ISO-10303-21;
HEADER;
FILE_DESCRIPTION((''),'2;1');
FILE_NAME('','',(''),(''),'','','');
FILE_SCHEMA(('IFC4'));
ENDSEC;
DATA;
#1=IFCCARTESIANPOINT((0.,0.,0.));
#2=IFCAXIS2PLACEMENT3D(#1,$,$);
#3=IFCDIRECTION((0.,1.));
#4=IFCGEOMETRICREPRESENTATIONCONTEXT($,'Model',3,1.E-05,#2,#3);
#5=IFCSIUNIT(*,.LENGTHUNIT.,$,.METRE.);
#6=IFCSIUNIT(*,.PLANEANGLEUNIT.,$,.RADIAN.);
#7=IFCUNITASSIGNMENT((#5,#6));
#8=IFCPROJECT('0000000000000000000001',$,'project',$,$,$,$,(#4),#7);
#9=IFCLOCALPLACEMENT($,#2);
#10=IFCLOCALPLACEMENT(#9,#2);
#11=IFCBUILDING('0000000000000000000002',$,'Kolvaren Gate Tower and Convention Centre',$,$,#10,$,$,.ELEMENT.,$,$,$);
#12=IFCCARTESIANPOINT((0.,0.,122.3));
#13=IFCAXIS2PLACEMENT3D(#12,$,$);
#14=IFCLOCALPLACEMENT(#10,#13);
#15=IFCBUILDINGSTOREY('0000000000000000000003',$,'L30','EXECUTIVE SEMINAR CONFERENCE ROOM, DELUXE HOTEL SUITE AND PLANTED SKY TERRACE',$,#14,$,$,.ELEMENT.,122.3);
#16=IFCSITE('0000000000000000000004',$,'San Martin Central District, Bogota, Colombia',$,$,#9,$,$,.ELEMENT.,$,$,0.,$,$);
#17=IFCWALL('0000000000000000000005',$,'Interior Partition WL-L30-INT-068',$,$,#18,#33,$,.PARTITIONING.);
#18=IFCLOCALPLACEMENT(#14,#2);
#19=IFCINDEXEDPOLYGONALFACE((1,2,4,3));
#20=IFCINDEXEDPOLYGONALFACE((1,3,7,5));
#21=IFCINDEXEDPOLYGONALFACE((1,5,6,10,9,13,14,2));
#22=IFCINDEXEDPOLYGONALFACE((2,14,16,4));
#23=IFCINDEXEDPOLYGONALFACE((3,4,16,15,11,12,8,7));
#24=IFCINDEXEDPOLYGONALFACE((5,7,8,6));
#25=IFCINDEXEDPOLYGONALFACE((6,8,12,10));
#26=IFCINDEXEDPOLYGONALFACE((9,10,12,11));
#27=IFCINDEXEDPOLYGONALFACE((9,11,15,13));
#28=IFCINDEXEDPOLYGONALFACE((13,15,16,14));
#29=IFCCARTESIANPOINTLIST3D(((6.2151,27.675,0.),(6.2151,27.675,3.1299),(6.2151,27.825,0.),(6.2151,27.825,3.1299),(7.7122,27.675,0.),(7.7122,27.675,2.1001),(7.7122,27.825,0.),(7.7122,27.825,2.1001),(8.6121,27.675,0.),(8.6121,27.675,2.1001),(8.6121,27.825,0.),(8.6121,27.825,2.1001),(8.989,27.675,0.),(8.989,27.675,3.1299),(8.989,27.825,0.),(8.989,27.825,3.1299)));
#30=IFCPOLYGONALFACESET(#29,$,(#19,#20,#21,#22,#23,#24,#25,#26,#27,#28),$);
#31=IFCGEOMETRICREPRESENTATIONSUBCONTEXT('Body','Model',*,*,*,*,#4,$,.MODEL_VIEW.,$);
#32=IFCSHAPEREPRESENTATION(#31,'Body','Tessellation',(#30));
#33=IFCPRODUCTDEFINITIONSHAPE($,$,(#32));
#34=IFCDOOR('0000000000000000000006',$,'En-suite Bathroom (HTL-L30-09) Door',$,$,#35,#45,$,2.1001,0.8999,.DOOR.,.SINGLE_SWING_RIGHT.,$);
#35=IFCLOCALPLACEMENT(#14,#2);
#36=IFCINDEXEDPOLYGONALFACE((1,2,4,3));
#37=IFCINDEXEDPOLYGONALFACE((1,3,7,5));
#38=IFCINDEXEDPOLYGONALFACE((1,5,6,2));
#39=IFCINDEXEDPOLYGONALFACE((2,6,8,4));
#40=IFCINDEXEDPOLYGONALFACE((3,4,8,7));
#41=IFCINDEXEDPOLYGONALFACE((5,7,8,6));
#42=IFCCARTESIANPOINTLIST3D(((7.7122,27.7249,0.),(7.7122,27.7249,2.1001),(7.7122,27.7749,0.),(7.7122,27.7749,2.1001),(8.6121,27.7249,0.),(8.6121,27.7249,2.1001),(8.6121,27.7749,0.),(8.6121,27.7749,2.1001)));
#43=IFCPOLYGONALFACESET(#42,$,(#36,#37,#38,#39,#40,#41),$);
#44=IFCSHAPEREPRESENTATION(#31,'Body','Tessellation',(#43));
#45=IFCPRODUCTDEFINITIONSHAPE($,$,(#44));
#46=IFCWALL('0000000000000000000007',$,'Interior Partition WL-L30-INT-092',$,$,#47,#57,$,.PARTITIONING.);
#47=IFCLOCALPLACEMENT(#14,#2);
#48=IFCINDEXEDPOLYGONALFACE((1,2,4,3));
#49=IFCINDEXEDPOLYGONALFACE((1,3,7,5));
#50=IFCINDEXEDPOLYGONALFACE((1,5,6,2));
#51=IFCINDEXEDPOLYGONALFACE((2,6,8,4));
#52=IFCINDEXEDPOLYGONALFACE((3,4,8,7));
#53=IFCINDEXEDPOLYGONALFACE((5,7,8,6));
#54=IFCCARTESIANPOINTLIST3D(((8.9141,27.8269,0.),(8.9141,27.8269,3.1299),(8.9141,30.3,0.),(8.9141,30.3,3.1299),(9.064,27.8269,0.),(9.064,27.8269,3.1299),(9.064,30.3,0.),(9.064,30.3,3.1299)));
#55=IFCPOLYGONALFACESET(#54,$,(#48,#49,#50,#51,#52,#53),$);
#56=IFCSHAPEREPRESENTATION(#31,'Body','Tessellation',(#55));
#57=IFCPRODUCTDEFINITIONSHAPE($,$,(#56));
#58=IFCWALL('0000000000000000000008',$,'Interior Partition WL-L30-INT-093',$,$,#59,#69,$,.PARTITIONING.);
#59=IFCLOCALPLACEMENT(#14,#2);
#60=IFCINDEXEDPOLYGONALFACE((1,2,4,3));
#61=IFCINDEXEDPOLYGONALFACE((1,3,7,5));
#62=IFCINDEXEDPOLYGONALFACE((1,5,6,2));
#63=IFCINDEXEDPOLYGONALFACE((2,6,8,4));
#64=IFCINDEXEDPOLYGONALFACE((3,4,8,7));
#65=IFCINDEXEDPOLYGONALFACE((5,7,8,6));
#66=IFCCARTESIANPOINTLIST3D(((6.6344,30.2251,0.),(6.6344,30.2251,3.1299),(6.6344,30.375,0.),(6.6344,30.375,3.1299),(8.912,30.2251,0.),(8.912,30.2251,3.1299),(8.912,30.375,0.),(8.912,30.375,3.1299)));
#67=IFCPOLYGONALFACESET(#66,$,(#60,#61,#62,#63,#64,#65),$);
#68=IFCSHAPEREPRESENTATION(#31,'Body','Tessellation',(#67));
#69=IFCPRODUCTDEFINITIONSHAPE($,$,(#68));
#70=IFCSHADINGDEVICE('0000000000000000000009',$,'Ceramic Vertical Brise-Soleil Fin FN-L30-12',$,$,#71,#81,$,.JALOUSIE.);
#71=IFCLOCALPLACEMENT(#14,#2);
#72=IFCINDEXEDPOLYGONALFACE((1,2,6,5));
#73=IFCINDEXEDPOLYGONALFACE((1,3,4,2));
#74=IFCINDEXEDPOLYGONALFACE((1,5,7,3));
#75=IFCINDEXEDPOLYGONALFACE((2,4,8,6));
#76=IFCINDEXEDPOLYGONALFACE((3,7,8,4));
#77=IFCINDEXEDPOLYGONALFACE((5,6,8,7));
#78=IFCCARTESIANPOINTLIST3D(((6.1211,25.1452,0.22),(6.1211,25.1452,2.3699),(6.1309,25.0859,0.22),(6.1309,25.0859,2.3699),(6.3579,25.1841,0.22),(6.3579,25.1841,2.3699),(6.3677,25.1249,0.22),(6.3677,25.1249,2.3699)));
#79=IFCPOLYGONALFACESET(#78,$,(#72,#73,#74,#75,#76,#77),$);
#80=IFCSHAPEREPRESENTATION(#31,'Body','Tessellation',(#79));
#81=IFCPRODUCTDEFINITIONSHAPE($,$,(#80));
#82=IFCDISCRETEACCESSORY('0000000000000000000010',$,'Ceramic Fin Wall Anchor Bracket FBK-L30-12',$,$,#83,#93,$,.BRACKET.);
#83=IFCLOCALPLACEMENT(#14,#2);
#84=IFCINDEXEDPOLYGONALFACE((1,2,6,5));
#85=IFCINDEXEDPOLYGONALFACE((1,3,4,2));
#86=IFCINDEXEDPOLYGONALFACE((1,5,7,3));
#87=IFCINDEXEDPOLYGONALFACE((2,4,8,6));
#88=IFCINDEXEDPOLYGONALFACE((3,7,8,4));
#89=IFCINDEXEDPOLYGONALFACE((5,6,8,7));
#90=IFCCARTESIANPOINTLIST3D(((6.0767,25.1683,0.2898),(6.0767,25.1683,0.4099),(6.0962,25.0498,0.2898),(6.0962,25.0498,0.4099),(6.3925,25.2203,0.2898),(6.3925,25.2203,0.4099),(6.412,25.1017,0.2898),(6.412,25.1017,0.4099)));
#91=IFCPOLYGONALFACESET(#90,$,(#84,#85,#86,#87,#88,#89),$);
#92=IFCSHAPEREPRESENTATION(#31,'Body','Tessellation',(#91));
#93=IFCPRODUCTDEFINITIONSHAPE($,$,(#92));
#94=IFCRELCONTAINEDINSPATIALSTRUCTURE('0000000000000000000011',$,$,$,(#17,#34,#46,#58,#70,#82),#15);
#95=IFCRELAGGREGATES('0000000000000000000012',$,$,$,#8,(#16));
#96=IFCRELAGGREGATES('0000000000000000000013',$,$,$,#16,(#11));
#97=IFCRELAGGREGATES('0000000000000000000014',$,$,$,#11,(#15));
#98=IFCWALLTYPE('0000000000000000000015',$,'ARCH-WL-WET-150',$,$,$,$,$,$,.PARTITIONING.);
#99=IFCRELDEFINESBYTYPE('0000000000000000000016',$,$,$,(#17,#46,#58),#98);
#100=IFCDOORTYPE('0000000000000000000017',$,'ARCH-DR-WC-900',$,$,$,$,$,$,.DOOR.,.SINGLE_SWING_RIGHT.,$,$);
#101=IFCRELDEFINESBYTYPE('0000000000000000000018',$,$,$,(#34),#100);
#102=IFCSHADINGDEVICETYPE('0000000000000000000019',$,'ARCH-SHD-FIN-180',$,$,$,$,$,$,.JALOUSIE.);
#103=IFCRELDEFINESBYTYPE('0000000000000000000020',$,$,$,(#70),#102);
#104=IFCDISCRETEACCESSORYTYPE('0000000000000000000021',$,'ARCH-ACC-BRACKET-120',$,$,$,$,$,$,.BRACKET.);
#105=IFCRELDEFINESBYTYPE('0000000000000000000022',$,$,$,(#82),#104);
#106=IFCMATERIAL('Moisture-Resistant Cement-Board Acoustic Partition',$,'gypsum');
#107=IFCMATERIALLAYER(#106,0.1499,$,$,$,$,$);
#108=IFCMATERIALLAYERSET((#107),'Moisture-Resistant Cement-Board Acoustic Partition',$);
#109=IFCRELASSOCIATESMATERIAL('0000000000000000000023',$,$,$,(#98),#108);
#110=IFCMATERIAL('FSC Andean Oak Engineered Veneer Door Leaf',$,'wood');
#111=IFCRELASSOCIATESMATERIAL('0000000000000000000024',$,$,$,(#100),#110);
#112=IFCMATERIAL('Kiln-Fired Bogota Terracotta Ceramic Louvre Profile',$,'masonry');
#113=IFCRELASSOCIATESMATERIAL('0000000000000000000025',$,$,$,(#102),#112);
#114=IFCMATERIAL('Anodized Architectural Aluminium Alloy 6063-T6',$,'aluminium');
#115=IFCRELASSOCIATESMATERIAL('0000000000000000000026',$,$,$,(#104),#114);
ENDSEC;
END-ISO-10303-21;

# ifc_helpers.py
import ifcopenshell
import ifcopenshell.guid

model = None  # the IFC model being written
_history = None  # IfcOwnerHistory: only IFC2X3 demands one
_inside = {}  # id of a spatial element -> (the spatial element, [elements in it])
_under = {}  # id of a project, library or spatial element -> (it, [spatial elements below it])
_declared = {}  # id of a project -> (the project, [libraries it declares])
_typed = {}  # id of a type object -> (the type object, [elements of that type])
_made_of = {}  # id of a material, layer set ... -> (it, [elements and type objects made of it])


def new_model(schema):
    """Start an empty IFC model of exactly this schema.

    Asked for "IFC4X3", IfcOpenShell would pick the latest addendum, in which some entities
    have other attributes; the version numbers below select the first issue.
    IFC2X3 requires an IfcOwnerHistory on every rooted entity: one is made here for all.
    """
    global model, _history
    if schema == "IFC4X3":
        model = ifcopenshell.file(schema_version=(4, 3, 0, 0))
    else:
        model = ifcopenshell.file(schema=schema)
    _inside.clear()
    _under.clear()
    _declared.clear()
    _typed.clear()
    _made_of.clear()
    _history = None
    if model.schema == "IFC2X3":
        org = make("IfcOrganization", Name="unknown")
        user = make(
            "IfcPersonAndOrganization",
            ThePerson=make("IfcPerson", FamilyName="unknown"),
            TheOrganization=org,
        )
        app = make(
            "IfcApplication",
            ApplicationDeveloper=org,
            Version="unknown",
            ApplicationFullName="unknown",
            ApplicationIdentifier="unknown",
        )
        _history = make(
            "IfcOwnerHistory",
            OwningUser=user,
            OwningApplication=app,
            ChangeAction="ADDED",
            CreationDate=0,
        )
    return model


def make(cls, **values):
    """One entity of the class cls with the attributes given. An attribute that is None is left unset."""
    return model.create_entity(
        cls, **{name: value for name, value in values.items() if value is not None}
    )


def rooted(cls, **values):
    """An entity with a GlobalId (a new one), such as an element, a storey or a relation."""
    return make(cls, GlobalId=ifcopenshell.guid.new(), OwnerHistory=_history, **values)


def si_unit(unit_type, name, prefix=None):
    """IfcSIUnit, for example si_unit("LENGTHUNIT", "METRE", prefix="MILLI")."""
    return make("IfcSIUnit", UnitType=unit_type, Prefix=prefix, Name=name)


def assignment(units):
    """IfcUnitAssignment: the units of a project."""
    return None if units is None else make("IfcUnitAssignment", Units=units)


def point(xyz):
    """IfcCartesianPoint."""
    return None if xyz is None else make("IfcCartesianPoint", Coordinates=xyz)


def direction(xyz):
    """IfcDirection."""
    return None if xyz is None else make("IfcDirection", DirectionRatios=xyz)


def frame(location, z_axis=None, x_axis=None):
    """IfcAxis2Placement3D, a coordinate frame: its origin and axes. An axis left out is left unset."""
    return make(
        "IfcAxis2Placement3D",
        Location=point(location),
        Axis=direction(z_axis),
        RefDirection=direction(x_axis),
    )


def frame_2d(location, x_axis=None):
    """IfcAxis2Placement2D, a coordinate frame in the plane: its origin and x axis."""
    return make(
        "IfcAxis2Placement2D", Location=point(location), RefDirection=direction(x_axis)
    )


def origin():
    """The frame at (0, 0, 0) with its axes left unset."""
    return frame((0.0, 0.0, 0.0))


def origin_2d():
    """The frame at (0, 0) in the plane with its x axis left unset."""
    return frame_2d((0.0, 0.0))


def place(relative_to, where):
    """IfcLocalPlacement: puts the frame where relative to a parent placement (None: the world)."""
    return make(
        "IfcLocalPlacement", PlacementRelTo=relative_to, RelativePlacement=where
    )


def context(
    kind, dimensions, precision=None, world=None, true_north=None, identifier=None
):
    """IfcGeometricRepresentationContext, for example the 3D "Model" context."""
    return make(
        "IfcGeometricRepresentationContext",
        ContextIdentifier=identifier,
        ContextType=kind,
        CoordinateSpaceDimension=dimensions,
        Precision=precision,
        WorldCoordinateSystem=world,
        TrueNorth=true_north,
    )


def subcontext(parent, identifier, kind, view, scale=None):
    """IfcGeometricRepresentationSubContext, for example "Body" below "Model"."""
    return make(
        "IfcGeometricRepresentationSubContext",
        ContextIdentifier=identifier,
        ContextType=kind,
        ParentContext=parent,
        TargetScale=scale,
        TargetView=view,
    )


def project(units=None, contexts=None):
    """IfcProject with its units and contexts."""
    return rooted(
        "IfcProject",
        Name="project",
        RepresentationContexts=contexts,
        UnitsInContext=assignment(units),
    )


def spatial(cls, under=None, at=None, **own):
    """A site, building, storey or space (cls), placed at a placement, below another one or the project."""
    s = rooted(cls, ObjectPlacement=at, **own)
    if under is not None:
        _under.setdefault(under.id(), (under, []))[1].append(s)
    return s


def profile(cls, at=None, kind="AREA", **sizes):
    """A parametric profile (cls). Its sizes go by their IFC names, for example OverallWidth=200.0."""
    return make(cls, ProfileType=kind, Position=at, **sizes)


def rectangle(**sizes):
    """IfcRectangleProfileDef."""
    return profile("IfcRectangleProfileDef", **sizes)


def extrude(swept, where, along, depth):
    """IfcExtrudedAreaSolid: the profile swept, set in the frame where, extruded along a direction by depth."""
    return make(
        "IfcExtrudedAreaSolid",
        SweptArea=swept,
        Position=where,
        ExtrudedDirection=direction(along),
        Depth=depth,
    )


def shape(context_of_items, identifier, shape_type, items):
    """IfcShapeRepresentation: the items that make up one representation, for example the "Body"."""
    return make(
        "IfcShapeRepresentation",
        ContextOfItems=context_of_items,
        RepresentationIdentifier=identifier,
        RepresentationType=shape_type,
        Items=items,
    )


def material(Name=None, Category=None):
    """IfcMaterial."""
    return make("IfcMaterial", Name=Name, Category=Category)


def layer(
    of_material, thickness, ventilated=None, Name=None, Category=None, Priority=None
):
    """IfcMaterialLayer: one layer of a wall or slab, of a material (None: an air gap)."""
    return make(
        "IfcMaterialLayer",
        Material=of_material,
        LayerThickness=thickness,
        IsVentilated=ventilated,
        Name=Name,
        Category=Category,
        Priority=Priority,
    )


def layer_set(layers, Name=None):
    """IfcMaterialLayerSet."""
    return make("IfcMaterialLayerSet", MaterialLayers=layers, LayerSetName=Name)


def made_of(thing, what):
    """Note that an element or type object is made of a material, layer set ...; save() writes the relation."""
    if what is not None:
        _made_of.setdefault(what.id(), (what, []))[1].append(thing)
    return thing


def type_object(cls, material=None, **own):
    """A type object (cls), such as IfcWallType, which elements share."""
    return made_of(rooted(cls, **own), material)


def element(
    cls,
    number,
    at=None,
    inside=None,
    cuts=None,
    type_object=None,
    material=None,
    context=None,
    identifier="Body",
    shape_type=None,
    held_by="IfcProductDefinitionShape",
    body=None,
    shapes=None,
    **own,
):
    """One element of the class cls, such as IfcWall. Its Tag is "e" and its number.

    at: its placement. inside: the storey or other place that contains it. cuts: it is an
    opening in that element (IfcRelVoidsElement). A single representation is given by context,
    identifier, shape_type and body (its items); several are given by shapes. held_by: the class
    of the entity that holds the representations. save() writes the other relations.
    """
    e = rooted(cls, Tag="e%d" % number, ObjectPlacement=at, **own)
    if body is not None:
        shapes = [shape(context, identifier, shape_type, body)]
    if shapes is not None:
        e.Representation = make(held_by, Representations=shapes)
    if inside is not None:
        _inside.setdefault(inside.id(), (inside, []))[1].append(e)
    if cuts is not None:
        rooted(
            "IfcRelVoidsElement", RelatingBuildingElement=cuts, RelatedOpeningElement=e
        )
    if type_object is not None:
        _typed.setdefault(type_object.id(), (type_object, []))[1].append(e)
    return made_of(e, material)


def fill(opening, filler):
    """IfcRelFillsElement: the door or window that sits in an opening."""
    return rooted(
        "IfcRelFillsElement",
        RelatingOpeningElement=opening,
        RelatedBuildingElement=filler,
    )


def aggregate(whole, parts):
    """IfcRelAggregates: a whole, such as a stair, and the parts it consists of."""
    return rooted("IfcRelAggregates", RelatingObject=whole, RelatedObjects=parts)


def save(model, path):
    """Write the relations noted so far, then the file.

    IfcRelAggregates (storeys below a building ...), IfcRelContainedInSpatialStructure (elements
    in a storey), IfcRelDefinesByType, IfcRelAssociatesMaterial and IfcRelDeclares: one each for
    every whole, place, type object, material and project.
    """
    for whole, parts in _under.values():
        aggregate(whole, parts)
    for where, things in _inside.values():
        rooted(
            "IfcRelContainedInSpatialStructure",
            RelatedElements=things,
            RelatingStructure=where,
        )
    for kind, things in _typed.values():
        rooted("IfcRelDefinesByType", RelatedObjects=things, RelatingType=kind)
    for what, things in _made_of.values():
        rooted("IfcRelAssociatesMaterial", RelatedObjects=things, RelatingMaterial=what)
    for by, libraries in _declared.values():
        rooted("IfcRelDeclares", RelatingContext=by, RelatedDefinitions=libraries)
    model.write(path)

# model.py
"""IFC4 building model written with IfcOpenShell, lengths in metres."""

from ifc_helpers import new_model, si_unit, direction, frame, frame_2d, origin, origin_2d, place, context, subcontext, project, spatial, rectangle, extrude, material, layer, layer_set, type_object, element, fill, save


model = new_model("IFC4")

# Units and contexts
model_context = context("Model", 3, precision=1e-05, world=origin(), true_north=direction((0.0, 1.0)))
body_context = subcontext(model_context, "Body", "Model", "MODEL_VIEW")
ifc_project = project(units=[si_unit("LENGTHUNIT", "METRE"), si_unit("PLANEANGLEUNIT", "RADIAN")], contexts=[model_context])

# Site, building, storey
site_placement = place(None, origin())
site = spatial("IfcSite", under=ifc_project, at=site_placement, Name="San Martin Central District, Bogota, Colombia", CompositionType="ELEMENT", RefElevation=0.0)
building_placement = place(site_placement, origin())
building = spatial("IfcBuilding", under=site, at=building_placement, Name="Kolvaren Gate Tower and Convention Centre", CompositionType="ELEMENT")
storey_placement = place(building_placement, frame((0.0, 0.0, 122.3)))
storey = spatial("IfcBuildingStorey", under=building, at=storey_placement, Name="L30", Description="EXECUTIVE SEMINAR CONFERENCE ROOM, DELUXE HOTEL SUITE AND PLANTED SKY TERRACE", CompositionType="ELEMENT", Elevation=122.3)

# Wall, opening, door
ifc_material_1 = material(Name="Moisture-Resistant Cement-Board Acoustic Partition", Category="gypsum")
ifc_layer_1 = layer(ifc_material_1, 0.1499)
ifc_layer_set_1 = layer_set([ifc_layer_1], Name="Moisture-Resistant Cement-Board Acoustic Partition")
wall_type_1 = type_object("IfcWallType", Name="ARCH-WL-WET-150", PredefinedType="PARTITIONING", material=ifc_layer_set_1)
wall_1_placement = place(storey_placement, frame((6.2151, 27.75, 0.0), z_axis=(0.0, 0.0, 1.0), x_axis=(1.0, 0.0, 0.0)))
wall_1 = element("IfcWall", 1, at=wall_1_placement, inside=storey, type_object=wall_type_1, Name="Interior Partition WL-L30-INT-068", PredefinedType="PARTITIONING", context=body_context, shape_type="SweptSolid", body=[
    extrude(rectangle(XDim=2.7739, YDim=0.1499, at=frame_2d((1.387, 0.0))), origin(), (0.0, 0.0, 1.0), 3.1299),
])
opening_1_placement = place(wall_1_placement, frame((1.4971, 0.0, 0.0)))
opening_1 = element("IfcOpeningElement", 2, at=opening_1_placement, cuts=wall_1, PredefinedType="OPENING", context=body_context, shape_type="SweptSolid", body=[
    extrude(rectangle(XDim=0.8999, YDim=2.1001, at=frame_2d((0.45, 1.05))), frame((0.0, 0.085, 0.0), z_axis=(0.0, -1.0, 0.0), x_axis=(1.0, 0.0, 0.0)), (0.0, 0.0, 1.0), 0.1699),
])
ifc_material_2 = material(Name="FSC Andean Oak Engineered Veneer Door Leaf", Category="wood")
door_type = type_object("IfcDoorType", Name="ARCH-DR-WC-900", OperationType="SINGLE_SWING_RIGHT", PredefinedType="DOOR", material=ifc_material_2)
door_placement = place(opening_1_placement, origin())
door = element("IfcDoor", 3, at=door_placement, inside=storey, type_object=door_type, Name="En-suite Bathroom (HTL-L30-09) Door", OperationType="SINGLE_SWING_RIGHT", OverallHeight=2.1001, OverallWidth=0.8999, PredefinedType="DOOR", context=body_context, shape_type="SweptSolid", body=[
    extrude(rectangle(XDim=0.8999, YDim=2.1001, at=frame_2d((0.45, 1.05))), frame((0.0, 0.0249, 0.0), z_axis=(0.0, -1.0, 0.0), x_axis=(1.0, 0.0, 0.0)), (0.0, 0.0, 1.0), 0.05),
])
fill(opening_1, door)

# Walls
wall_2_placement = place(storey_placement, frame((8.989, 27.8269, 0.0), z_axis=(0.0, 0.0, 1.0), x_axis=(0.0, 1.0, 0.0)))
element("IfcWall", 4, at=wall_2_placement, inside=storey, type_object=wall_type_1, Name="Interior Partition WL-L30-INT-092", PredefinedType="PARTITIONING", context=body_context, shape_type="SweptSolid", body=[
    extrude(rectangle(XDim=2.4731, YDim=0.1499, at=frame_2d((1.2366, 0.0))), origin(), (0.0, 0.0, 1.0), 3.1299),
])
wall_3_placement = place(storey_placement, frame((6.6345, 30.3, 0.0), z_axis=(0.0, 0.0, 1.0), x_axis=(1.0, 0.0, 0.0)))
element("IfcWall", 5, at=wall_3_placement, inside=storey, type_object=wall_type_1, Name="Interior Partition WL-L30-INT-093", PredefinedType="PARTITIONING", context=body_context, shape_type="SweptSolid", body=[
    extrude(rectangle(XDim=2.2776, YDim=0.1499, at=frame_2d((1.1387, 0.0))), origin(), (0.0, 0.0, 1.0), 3.1299),
])

# Shading device
ifc_material_3 = material(Name="Kiln-Fired Bogota Terracotta Ceramic Louvre Profile", Category="masonry")
shading_device_type = type_object("IfcShadingDeviceType", Name="ARCH-SHD-FIN-180", PredefinedType="JALOUSIE", material=ifc_material_3)
shading_device_placement = place(storey_placement, frame((6.2444, 25.135, 0.22), z_axis=(0.0, 0.0, 1.0), x_axis=(0.162389, -0.986727, 0.0)))
element("IfcShadingDevice", 6, at=shading_device_placement, inside=storey, type_object=shading_device_type, Name="Ceramic Vertical Brise-Soleil Fin FN-L30-12", PredefinedType="JALOUSIE", context=body_context, shape_type="SweptSolid", body=[
    extrude(rectangle(XDim=0.0601, YDim=0.24, at=origin_2d()), origin(), (0.0, 0.0, 1.0), 2.1499),
])

# Discrete accessory
ifc_material_4 = material(Name="Anodized Architectural Aluminium Alloy 6063-T6", Category="aluminium")
discrete_accessory_type = type_object("IfcDiscreteAccessoryType", Name="ARCH-ACC-BRACKET-120", PredefinedType="BRACKET", material=ifc_material_4)
discrete_accessory_placement = place(storey_placement, frame((6.2444, 25.135, 0.2898), z_axis=(0.0, 0.0, 1.0), x_axis=(0.162389, -0.986727, 0.0)))
element("IfcDiscreteAccessory", 7, at=discrete_accessory_placement, inside=storey, type_object=discrete_accessory_type, Name="Ceramic Fin Wall Anchor Bracket FBK-L30-12", PredefinedType="BRACKET", context=body_context, shape_type="SweptSolid", body=[
    extrude(rectangle(XDim=0.1201, YDim=0.3201, at=origin_2d()), origin(), (0.0, 0.0, 1.0), 0.1201),
])

save(model, "model.ifc")
